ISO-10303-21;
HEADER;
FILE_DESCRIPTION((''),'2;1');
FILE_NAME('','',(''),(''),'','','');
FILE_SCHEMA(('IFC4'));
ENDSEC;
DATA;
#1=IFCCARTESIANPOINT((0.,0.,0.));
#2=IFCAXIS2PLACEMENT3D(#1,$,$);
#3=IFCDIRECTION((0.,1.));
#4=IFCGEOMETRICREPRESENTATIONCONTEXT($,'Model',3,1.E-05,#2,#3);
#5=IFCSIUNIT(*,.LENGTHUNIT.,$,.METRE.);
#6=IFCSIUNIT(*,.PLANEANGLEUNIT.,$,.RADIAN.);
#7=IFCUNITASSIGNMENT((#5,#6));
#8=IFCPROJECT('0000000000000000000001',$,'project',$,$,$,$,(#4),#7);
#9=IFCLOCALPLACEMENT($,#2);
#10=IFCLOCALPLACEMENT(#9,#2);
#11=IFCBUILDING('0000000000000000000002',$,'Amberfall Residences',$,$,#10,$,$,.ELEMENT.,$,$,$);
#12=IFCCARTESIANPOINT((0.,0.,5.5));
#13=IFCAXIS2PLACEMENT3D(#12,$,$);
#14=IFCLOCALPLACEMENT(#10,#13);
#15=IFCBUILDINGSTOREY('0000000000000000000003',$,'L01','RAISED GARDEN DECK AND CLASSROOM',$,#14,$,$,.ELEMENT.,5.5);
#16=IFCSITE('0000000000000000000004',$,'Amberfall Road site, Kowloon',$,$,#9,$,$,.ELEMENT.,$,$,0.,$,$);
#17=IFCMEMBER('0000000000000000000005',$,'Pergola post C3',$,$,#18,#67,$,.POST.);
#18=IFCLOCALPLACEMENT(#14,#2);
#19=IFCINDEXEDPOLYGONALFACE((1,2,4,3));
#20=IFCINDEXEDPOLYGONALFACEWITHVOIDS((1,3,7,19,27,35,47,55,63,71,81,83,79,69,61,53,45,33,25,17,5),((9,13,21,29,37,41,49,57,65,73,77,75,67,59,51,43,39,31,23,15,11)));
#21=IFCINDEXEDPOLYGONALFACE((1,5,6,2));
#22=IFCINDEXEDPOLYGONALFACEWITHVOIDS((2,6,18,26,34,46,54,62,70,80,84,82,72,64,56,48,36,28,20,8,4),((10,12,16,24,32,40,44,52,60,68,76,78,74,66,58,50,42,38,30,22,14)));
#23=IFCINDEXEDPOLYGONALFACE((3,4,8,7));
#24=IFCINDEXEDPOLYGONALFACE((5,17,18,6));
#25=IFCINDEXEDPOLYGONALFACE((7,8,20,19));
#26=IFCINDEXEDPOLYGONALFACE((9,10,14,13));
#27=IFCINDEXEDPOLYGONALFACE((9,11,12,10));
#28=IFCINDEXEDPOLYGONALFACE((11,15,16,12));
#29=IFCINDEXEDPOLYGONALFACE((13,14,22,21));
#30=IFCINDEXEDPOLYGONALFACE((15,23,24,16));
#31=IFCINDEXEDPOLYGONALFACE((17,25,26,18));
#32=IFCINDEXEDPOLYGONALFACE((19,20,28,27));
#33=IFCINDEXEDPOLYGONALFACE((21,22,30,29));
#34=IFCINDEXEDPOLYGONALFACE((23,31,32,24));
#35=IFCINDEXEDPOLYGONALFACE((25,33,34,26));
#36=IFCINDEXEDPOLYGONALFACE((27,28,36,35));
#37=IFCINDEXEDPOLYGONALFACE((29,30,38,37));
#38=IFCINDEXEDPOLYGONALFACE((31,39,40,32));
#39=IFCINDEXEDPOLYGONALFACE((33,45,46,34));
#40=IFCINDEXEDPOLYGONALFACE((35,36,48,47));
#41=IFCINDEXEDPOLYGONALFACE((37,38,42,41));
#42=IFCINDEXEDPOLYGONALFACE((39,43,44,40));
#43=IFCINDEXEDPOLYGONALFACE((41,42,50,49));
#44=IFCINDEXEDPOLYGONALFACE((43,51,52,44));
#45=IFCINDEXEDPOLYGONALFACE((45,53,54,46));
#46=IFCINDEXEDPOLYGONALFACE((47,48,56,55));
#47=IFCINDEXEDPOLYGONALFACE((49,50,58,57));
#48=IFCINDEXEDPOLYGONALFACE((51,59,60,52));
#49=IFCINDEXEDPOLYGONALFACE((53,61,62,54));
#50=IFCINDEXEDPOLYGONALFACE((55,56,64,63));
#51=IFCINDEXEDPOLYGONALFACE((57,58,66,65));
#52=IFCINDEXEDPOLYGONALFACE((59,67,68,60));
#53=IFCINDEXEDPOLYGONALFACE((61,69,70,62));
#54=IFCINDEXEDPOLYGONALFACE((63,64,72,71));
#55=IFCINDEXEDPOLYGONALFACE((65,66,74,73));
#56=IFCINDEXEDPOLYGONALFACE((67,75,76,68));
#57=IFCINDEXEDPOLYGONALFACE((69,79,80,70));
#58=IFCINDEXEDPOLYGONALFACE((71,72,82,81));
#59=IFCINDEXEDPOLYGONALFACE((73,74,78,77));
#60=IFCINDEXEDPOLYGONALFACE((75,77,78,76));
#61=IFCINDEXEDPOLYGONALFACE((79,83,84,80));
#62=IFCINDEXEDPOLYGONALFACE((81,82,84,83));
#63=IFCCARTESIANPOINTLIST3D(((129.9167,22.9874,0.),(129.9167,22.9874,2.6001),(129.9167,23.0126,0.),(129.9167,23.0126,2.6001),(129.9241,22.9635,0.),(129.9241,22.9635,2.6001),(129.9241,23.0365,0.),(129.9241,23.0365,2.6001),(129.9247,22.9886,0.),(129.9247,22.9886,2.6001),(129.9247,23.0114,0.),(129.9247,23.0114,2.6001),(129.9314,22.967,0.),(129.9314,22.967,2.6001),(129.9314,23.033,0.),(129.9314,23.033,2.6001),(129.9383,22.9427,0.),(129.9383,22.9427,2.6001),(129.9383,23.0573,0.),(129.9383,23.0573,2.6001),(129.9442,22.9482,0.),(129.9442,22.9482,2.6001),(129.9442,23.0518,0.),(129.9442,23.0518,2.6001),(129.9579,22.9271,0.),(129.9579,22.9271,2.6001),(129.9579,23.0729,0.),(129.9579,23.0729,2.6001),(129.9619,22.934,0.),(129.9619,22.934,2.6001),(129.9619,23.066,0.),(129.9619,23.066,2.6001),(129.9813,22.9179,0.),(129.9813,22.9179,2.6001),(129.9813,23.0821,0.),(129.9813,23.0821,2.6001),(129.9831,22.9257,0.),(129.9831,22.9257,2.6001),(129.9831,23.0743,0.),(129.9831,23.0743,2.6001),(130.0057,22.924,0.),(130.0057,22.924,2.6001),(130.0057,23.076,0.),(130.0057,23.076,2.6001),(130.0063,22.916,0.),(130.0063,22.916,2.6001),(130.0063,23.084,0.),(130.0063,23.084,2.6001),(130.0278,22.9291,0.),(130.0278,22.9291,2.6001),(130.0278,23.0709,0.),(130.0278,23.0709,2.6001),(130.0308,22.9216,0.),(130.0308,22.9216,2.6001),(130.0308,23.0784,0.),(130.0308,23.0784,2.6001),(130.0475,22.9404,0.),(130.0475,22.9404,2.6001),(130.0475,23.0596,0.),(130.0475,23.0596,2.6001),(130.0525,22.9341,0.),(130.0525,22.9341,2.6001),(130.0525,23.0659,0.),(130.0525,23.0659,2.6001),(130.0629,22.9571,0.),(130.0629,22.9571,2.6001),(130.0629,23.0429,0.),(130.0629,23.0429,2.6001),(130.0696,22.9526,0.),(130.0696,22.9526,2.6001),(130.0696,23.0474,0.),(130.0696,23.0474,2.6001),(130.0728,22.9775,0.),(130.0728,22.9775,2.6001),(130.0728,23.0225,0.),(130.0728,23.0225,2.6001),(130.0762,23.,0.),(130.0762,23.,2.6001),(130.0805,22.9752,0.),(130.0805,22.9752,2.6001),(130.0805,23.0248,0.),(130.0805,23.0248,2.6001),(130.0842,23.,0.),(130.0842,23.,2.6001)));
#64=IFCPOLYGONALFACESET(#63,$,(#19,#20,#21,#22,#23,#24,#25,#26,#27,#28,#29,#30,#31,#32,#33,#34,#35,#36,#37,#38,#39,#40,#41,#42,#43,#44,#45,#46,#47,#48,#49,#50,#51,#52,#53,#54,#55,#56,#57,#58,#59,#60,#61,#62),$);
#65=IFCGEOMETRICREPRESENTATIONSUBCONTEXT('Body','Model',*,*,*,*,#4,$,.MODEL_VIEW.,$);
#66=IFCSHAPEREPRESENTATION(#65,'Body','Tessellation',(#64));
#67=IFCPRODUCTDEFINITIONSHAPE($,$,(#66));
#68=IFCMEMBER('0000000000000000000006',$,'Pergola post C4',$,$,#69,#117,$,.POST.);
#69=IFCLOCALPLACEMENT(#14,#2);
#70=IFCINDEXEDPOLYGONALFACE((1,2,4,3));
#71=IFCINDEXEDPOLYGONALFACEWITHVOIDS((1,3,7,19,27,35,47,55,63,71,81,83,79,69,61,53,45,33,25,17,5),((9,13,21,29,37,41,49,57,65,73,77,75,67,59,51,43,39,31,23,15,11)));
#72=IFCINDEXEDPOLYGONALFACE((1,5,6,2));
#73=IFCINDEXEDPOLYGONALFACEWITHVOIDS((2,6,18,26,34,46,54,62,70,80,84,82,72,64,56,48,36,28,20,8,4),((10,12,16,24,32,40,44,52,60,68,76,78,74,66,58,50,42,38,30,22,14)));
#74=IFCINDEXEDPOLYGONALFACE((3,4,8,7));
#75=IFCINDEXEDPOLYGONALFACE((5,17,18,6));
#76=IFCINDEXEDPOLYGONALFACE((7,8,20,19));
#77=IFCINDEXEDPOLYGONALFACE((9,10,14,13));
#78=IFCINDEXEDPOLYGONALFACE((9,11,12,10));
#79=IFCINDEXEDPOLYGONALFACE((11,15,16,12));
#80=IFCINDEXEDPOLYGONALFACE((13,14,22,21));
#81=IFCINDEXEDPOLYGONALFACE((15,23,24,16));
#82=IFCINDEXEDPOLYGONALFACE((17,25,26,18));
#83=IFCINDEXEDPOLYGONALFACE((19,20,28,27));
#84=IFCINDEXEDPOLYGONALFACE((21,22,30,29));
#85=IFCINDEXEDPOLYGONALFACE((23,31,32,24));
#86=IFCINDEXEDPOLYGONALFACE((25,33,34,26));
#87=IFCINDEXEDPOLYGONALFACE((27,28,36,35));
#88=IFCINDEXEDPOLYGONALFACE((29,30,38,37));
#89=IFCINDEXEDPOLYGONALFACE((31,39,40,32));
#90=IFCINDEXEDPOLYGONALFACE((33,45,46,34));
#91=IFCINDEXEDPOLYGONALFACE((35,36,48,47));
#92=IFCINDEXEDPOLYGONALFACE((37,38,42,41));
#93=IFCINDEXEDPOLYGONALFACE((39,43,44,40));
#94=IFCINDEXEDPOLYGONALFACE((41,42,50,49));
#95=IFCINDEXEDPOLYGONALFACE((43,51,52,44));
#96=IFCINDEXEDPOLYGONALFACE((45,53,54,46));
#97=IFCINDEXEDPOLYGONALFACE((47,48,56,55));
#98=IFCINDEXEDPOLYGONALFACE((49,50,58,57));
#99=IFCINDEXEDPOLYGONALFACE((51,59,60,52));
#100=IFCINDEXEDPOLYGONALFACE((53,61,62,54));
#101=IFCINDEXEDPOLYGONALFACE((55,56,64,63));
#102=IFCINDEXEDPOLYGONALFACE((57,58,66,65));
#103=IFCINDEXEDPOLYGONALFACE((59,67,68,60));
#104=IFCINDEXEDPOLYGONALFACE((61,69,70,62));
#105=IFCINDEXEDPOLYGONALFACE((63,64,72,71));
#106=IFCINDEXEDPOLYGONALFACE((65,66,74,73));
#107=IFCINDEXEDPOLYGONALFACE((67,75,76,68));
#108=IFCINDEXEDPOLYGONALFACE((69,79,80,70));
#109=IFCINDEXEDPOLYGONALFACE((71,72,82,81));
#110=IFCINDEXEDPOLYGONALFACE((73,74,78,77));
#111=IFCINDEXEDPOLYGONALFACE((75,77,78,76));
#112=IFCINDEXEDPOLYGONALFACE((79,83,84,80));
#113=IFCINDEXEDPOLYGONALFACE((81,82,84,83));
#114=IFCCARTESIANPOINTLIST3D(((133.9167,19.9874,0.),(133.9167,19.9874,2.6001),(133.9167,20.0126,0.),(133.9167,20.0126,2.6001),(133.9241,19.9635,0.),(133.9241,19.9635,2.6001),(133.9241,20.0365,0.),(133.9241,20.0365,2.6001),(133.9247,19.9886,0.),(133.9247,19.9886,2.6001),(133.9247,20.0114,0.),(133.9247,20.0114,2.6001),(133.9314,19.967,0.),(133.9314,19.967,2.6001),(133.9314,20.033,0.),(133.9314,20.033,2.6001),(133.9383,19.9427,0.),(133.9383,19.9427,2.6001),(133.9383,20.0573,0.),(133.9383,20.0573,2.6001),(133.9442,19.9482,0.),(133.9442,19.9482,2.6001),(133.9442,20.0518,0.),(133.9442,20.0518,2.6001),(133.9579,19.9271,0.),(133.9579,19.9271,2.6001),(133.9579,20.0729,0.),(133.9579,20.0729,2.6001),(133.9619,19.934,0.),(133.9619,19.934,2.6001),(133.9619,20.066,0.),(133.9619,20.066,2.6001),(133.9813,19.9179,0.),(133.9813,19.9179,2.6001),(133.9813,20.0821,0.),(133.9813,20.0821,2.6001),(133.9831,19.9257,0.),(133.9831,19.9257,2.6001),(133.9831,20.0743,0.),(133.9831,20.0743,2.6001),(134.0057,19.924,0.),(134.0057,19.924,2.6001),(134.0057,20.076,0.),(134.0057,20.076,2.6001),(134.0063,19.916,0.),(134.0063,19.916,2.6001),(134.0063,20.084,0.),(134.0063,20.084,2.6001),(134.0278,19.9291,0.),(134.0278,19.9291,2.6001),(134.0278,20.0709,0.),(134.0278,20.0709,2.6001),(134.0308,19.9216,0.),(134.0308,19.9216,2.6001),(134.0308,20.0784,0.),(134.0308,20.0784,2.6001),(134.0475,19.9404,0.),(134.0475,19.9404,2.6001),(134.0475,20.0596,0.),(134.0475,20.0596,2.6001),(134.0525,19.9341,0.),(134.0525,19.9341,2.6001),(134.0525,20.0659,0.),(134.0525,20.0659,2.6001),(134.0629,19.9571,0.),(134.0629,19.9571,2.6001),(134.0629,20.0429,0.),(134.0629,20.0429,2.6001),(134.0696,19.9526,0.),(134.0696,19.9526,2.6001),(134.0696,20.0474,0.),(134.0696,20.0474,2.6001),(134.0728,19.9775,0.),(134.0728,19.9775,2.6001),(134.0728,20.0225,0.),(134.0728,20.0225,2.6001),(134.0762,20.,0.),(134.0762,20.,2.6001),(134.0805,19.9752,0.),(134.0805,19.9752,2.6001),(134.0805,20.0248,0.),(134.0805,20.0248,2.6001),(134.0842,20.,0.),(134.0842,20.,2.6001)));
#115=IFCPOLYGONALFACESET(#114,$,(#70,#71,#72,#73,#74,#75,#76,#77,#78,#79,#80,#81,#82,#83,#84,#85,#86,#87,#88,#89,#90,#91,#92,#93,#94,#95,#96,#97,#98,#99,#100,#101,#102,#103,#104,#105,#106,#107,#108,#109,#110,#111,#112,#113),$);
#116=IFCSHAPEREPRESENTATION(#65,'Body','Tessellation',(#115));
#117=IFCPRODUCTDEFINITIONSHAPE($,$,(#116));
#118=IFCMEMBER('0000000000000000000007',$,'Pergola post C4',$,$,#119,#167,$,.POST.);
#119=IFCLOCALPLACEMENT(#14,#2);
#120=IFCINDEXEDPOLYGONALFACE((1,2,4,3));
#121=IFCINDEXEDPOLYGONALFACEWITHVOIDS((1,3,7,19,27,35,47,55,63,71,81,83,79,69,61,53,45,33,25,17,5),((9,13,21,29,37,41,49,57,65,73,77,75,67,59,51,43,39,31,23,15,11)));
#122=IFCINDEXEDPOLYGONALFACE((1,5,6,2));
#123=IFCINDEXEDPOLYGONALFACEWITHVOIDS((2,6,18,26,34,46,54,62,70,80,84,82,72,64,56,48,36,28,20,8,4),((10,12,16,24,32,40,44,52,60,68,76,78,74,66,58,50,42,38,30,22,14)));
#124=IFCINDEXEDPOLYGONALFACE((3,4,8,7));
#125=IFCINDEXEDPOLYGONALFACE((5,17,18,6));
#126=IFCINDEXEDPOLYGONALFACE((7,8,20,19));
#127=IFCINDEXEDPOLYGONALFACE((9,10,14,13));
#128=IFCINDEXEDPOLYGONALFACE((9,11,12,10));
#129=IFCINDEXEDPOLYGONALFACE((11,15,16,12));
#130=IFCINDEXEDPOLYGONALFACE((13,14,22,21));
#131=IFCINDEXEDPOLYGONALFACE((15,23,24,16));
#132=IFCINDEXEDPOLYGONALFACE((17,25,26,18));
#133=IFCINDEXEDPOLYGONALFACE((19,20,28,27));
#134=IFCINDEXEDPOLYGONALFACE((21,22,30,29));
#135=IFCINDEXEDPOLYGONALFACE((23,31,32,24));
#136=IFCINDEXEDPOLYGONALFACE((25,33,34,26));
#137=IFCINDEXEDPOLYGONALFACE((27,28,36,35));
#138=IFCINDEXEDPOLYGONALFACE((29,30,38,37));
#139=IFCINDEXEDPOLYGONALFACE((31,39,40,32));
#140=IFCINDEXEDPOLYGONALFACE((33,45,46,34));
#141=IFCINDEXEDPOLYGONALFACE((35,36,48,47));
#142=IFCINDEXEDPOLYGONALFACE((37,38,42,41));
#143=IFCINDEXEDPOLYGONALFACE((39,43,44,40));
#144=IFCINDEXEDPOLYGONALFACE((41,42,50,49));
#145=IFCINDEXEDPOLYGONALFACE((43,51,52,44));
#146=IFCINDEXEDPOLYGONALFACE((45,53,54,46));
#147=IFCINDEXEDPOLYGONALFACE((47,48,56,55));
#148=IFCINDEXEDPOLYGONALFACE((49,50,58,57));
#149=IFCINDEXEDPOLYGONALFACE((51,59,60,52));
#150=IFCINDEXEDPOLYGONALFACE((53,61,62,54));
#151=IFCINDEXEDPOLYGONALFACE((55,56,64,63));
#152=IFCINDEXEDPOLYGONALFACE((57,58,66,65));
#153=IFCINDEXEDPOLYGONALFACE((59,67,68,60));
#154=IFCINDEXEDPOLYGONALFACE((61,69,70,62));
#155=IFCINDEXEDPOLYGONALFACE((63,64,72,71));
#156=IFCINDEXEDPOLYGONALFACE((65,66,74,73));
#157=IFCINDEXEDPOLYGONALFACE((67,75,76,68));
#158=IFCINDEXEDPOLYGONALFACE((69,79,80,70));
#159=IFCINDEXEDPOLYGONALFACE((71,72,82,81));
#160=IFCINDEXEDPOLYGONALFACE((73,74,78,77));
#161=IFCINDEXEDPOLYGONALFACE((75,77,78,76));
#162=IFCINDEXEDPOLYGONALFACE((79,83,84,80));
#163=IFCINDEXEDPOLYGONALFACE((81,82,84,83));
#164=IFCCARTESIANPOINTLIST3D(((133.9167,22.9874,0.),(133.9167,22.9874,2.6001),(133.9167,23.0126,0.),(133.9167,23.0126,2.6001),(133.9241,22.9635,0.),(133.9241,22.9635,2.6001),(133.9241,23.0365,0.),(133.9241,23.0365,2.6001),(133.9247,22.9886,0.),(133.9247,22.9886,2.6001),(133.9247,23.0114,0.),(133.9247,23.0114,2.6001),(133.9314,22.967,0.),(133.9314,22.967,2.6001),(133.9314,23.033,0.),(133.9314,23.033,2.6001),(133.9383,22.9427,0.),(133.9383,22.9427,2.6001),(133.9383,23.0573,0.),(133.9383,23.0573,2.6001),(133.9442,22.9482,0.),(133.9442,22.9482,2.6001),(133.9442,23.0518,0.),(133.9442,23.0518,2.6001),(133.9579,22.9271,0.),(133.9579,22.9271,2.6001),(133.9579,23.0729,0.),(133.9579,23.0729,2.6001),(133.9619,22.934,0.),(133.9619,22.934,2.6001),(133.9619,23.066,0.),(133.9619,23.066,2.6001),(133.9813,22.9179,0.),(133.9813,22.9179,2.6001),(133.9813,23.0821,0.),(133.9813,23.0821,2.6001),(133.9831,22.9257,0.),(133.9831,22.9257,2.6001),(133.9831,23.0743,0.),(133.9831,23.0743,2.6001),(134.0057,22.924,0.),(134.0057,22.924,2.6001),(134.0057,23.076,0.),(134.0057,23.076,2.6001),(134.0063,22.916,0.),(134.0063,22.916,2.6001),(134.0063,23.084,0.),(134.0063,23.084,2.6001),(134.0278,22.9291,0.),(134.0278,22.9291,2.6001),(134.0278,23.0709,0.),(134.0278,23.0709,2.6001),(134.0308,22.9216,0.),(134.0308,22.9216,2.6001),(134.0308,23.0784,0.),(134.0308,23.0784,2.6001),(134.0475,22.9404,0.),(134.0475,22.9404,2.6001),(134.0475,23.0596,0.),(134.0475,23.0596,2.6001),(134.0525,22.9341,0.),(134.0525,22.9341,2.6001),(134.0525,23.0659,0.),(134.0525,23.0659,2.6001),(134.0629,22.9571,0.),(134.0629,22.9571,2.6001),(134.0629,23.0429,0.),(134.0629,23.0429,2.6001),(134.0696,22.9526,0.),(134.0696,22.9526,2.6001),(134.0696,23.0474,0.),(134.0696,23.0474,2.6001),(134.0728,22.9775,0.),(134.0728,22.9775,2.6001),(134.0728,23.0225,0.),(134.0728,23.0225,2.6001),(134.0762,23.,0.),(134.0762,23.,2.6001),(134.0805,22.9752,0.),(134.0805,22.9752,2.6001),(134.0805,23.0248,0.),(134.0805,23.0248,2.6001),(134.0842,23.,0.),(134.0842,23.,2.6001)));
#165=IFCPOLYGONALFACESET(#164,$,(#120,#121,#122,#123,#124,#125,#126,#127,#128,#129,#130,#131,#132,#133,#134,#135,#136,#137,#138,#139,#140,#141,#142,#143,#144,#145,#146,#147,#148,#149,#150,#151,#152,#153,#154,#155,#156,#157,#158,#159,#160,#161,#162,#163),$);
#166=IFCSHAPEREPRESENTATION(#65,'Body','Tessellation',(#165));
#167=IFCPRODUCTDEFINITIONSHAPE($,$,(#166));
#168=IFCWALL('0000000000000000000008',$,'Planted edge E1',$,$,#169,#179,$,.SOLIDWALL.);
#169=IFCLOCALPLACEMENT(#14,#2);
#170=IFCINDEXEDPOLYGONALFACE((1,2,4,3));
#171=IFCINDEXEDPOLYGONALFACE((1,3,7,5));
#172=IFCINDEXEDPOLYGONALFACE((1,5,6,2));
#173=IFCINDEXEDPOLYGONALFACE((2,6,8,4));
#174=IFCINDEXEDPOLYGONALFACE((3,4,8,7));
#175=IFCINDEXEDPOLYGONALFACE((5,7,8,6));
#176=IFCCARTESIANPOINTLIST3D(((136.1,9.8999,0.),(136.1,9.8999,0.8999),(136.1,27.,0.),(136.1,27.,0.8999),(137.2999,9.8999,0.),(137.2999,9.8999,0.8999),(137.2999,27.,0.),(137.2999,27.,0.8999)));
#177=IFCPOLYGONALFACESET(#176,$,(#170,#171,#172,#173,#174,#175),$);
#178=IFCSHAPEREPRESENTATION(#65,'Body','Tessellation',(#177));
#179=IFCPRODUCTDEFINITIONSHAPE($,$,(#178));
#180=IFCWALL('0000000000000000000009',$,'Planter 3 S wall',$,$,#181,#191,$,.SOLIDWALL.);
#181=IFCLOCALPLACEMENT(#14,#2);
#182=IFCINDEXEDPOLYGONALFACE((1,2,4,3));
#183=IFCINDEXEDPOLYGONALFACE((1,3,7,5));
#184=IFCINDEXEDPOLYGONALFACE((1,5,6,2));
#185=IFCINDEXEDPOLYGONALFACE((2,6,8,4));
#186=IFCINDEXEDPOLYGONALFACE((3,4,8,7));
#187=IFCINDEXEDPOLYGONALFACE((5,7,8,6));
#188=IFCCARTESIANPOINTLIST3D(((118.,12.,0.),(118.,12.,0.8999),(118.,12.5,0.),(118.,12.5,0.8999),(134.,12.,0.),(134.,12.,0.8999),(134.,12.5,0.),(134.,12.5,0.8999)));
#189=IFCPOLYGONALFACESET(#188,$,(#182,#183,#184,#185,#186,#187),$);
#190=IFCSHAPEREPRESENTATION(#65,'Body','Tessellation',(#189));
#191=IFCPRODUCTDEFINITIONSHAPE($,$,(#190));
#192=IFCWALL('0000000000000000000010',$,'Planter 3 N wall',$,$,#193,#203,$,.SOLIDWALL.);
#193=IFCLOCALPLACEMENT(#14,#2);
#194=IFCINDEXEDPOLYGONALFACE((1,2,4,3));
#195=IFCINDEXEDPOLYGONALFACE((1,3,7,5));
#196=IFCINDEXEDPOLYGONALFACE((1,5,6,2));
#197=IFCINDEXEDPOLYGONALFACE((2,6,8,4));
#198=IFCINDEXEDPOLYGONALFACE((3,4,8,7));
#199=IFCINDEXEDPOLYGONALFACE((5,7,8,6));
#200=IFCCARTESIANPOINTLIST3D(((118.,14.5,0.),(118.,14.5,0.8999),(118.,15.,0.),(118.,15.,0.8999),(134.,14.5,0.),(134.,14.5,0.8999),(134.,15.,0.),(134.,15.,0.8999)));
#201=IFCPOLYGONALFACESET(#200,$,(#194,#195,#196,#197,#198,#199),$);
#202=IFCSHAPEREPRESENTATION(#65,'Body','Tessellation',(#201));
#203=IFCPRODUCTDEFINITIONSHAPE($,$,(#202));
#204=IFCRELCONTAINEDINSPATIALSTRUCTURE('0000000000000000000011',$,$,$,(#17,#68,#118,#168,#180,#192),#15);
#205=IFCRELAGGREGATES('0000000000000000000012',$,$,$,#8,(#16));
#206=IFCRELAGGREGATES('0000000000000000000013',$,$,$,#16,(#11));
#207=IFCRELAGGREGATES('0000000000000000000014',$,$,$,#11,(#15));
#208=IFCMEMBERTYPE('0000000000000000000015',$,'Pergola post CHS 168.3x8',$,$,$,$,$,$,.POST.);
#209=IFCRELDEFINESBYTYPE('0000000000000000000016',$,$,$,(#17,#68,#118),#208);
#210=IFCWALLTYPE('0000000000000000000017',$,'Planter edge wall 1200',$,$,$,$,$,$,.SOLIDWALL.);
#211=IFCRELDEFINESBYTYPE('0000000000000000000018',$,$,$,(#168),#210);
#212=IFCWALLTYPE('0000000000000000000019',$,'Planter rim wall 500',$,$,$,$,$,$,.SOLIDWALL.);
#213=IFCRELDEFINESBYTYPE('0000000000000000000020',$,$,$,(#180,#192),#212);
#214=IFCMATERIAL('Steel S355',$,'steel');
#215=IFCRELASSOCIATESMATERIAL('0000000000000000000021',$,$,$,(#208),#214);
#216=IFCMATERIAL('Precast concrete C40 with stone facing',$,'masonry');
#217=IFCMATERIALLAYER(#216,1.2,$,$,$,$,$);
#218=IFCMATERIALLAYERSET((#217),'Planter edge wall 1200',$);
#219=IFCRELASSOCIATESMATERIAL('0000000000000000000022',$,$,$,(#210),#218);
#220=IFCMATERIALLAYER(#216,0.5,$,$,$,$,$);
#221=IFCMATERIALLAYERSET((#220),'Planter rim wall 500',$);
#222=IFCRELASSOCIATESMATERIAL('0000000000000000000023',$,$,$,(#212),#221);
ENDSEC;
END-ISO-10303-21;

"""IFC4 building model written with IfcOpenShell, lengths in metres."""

from ifc_helpers import new_model, si_unit, direction, frame, frame_2d, origin, origin_2d, place, context, subcontext, project, spatial, rectangle, hollow_circle, extrude, material, layer, layer_set, material_profile, profile_set, type_object, element, save


model = new_model("IFC4")

# Units and contexts
model_context = context("Model", 3, precision=1e-05, world=origin(), true_north=direction((0.0, 1.0)))
body_context = subcontext(model_context, "Body", "Model", "MODEL_VIEW")
ifc_project = project(units=[si_unit("LENGTHUNIT", "METRE"), si_unit("PLANEANGLEUNIT", "RADIAN")], contexts=[model_context])

# Site, building, storey
site_placement = place(None, origin())
site = spatial("IfcSite", under=ifc_project, at=site_placement, Name="Amberfall Road site, Kowloon", CompositionType="ELEMENT", RefElevation=0.0)
building_placement = place(site_placement, origin())
building = spatial("IfcBuilding", under=site, at=building_placement, Name="Amberfall Residences", CompositionType="ELEMENT")
storey_placement = place(building_placement, frame((0.0, 0.0, 5.5)))
storey = spatial("IfcBuildingStorey", under=building, at=storey_placement, Name="L01", Description="RAISED GARDEN DECK AND CLASSROOM", CompositionType="ELEMENT", Elevation=5.5)

# Members
ifc_material_1 = material(Name="Steel S355", Category="steel")
ifc_material_profile_1 = material_profile(ifc_material_1, hollow_circle(Radius=0.0842, WallThickness=0.0081, at=origin_2d()), Name="CHS 168.3x8")
ifc_profile_set_1 = profile_set([ifc_material_profile_1], Name="Steel S355")
member_type_1 = type_object("IfcMemberType", Name="Pergola post CHS 168.3x8", PredefinedType="POST", material=ifc_profile_set_1)
for number, where, z_axis, x_axis, name in (
    (1, (130.0, 23.0, 0.0), (0.0, 0.0, 1.0), (1.0, 0.0, 0.0), "Pergola post C3"),
    (2, (134.0, 20.0, 0.0), (0.0, 0.0, 1.0), (1.0, 0.0, 0.0), "Pergola post C4"),
    (3, (134.0, 23.0, 0.0), (0.0, 0.0, 1.0), (1.0, 0.0, 0.0), "Pergola post C4"),
):
    element("IfcMember", number, at=place(storey_placement, frame(where, z_axis=z_axis, x_axis=x_axis)), inside=storey, type_object=member_type_1, Name=name, PredefinedType="POST", context=body_context, shape_type="SweptSolid", body=[
        extrude(hollow_circle(Radius=0.0842, WallThickness=0.0081, at=origin_2d()), origin(), (0.0, 0.0, 1.0), 2.6001),
    ])

# Walls
ifc_material_2 = material(Name="Precast concrete C40 with stone facing", Category="masonry")
ifc_layer_1 = layer(ifc_material_2, 1.2)
ifc_layer_set_1 = layer_set([ifc_layer_1], Name="Planter edge wall 1200")
wall_type_1 = type_object("IfcWallType", Name="Planter edge wall 1200", PredefinedType="SOLIDWALL", material=ifc_layer_set_1)
wall_placement = place(storey_placement, frame((136.7, 9.8999, 0.0), z_axis=(0.0, 0.0, 1.0), x_axis=(0.0, 1.0, 0.0)))
element("IfcWall", 4, at=wall_placement, inside=storey, type_object=wall_type_1, Name="Planted edge E1", PredefinedType="SOLIDWALL", context=body_context, shape_type="SweptSolid", body=[
    extrude(rectangle(XDim=17.1001, YDim=1.2, at=frame_2d((8.55, 0.0))), origin(), (0.0, 0.0, 1.0), 0.8999),
])
ifc_layer_2 = layer(ifc_material_2, 0.5)
ifc_layer_set_2 = layer_set([ifc_layer_2], Name="Planter rim wall 500")
wall_type_2 = type_object("IfcWallType", Name="Planter rim wall 500", PredefinedType="SOLIDWALL", material=ifc_layer_set_2)
for number, where, z_axis, x_axis, name in (
    (5, (118.0, 12.25, 0.0), (0.0, 0.0, 1.0), (1.0, 0.0, 0.0), "Planter 3 S wall"),
    (6, (118.0, 14.75, 0.0), (0.0, 0.0, 1.0), (1.0, 0.0, 0.0), "Planter 3 N wall"),
):
    element("IfcWall", number, at=place(storey_placement, frame(where, z_axis=z_axis, x_axis=x_axis)), inside=storey, type_object=wall_type_2, Name=name, PredefinedType="SOLIDWALL", context=body_context, shape_type="SweptSolid", body=[
        extrude(rectangle(XDim=16.0, YDim=0.5, at=frame_2d((8.0, 0.0))), origin(), (0.0, 0.0, 1.0), 0.8999),
    ])

save(model, "model.ifc")
